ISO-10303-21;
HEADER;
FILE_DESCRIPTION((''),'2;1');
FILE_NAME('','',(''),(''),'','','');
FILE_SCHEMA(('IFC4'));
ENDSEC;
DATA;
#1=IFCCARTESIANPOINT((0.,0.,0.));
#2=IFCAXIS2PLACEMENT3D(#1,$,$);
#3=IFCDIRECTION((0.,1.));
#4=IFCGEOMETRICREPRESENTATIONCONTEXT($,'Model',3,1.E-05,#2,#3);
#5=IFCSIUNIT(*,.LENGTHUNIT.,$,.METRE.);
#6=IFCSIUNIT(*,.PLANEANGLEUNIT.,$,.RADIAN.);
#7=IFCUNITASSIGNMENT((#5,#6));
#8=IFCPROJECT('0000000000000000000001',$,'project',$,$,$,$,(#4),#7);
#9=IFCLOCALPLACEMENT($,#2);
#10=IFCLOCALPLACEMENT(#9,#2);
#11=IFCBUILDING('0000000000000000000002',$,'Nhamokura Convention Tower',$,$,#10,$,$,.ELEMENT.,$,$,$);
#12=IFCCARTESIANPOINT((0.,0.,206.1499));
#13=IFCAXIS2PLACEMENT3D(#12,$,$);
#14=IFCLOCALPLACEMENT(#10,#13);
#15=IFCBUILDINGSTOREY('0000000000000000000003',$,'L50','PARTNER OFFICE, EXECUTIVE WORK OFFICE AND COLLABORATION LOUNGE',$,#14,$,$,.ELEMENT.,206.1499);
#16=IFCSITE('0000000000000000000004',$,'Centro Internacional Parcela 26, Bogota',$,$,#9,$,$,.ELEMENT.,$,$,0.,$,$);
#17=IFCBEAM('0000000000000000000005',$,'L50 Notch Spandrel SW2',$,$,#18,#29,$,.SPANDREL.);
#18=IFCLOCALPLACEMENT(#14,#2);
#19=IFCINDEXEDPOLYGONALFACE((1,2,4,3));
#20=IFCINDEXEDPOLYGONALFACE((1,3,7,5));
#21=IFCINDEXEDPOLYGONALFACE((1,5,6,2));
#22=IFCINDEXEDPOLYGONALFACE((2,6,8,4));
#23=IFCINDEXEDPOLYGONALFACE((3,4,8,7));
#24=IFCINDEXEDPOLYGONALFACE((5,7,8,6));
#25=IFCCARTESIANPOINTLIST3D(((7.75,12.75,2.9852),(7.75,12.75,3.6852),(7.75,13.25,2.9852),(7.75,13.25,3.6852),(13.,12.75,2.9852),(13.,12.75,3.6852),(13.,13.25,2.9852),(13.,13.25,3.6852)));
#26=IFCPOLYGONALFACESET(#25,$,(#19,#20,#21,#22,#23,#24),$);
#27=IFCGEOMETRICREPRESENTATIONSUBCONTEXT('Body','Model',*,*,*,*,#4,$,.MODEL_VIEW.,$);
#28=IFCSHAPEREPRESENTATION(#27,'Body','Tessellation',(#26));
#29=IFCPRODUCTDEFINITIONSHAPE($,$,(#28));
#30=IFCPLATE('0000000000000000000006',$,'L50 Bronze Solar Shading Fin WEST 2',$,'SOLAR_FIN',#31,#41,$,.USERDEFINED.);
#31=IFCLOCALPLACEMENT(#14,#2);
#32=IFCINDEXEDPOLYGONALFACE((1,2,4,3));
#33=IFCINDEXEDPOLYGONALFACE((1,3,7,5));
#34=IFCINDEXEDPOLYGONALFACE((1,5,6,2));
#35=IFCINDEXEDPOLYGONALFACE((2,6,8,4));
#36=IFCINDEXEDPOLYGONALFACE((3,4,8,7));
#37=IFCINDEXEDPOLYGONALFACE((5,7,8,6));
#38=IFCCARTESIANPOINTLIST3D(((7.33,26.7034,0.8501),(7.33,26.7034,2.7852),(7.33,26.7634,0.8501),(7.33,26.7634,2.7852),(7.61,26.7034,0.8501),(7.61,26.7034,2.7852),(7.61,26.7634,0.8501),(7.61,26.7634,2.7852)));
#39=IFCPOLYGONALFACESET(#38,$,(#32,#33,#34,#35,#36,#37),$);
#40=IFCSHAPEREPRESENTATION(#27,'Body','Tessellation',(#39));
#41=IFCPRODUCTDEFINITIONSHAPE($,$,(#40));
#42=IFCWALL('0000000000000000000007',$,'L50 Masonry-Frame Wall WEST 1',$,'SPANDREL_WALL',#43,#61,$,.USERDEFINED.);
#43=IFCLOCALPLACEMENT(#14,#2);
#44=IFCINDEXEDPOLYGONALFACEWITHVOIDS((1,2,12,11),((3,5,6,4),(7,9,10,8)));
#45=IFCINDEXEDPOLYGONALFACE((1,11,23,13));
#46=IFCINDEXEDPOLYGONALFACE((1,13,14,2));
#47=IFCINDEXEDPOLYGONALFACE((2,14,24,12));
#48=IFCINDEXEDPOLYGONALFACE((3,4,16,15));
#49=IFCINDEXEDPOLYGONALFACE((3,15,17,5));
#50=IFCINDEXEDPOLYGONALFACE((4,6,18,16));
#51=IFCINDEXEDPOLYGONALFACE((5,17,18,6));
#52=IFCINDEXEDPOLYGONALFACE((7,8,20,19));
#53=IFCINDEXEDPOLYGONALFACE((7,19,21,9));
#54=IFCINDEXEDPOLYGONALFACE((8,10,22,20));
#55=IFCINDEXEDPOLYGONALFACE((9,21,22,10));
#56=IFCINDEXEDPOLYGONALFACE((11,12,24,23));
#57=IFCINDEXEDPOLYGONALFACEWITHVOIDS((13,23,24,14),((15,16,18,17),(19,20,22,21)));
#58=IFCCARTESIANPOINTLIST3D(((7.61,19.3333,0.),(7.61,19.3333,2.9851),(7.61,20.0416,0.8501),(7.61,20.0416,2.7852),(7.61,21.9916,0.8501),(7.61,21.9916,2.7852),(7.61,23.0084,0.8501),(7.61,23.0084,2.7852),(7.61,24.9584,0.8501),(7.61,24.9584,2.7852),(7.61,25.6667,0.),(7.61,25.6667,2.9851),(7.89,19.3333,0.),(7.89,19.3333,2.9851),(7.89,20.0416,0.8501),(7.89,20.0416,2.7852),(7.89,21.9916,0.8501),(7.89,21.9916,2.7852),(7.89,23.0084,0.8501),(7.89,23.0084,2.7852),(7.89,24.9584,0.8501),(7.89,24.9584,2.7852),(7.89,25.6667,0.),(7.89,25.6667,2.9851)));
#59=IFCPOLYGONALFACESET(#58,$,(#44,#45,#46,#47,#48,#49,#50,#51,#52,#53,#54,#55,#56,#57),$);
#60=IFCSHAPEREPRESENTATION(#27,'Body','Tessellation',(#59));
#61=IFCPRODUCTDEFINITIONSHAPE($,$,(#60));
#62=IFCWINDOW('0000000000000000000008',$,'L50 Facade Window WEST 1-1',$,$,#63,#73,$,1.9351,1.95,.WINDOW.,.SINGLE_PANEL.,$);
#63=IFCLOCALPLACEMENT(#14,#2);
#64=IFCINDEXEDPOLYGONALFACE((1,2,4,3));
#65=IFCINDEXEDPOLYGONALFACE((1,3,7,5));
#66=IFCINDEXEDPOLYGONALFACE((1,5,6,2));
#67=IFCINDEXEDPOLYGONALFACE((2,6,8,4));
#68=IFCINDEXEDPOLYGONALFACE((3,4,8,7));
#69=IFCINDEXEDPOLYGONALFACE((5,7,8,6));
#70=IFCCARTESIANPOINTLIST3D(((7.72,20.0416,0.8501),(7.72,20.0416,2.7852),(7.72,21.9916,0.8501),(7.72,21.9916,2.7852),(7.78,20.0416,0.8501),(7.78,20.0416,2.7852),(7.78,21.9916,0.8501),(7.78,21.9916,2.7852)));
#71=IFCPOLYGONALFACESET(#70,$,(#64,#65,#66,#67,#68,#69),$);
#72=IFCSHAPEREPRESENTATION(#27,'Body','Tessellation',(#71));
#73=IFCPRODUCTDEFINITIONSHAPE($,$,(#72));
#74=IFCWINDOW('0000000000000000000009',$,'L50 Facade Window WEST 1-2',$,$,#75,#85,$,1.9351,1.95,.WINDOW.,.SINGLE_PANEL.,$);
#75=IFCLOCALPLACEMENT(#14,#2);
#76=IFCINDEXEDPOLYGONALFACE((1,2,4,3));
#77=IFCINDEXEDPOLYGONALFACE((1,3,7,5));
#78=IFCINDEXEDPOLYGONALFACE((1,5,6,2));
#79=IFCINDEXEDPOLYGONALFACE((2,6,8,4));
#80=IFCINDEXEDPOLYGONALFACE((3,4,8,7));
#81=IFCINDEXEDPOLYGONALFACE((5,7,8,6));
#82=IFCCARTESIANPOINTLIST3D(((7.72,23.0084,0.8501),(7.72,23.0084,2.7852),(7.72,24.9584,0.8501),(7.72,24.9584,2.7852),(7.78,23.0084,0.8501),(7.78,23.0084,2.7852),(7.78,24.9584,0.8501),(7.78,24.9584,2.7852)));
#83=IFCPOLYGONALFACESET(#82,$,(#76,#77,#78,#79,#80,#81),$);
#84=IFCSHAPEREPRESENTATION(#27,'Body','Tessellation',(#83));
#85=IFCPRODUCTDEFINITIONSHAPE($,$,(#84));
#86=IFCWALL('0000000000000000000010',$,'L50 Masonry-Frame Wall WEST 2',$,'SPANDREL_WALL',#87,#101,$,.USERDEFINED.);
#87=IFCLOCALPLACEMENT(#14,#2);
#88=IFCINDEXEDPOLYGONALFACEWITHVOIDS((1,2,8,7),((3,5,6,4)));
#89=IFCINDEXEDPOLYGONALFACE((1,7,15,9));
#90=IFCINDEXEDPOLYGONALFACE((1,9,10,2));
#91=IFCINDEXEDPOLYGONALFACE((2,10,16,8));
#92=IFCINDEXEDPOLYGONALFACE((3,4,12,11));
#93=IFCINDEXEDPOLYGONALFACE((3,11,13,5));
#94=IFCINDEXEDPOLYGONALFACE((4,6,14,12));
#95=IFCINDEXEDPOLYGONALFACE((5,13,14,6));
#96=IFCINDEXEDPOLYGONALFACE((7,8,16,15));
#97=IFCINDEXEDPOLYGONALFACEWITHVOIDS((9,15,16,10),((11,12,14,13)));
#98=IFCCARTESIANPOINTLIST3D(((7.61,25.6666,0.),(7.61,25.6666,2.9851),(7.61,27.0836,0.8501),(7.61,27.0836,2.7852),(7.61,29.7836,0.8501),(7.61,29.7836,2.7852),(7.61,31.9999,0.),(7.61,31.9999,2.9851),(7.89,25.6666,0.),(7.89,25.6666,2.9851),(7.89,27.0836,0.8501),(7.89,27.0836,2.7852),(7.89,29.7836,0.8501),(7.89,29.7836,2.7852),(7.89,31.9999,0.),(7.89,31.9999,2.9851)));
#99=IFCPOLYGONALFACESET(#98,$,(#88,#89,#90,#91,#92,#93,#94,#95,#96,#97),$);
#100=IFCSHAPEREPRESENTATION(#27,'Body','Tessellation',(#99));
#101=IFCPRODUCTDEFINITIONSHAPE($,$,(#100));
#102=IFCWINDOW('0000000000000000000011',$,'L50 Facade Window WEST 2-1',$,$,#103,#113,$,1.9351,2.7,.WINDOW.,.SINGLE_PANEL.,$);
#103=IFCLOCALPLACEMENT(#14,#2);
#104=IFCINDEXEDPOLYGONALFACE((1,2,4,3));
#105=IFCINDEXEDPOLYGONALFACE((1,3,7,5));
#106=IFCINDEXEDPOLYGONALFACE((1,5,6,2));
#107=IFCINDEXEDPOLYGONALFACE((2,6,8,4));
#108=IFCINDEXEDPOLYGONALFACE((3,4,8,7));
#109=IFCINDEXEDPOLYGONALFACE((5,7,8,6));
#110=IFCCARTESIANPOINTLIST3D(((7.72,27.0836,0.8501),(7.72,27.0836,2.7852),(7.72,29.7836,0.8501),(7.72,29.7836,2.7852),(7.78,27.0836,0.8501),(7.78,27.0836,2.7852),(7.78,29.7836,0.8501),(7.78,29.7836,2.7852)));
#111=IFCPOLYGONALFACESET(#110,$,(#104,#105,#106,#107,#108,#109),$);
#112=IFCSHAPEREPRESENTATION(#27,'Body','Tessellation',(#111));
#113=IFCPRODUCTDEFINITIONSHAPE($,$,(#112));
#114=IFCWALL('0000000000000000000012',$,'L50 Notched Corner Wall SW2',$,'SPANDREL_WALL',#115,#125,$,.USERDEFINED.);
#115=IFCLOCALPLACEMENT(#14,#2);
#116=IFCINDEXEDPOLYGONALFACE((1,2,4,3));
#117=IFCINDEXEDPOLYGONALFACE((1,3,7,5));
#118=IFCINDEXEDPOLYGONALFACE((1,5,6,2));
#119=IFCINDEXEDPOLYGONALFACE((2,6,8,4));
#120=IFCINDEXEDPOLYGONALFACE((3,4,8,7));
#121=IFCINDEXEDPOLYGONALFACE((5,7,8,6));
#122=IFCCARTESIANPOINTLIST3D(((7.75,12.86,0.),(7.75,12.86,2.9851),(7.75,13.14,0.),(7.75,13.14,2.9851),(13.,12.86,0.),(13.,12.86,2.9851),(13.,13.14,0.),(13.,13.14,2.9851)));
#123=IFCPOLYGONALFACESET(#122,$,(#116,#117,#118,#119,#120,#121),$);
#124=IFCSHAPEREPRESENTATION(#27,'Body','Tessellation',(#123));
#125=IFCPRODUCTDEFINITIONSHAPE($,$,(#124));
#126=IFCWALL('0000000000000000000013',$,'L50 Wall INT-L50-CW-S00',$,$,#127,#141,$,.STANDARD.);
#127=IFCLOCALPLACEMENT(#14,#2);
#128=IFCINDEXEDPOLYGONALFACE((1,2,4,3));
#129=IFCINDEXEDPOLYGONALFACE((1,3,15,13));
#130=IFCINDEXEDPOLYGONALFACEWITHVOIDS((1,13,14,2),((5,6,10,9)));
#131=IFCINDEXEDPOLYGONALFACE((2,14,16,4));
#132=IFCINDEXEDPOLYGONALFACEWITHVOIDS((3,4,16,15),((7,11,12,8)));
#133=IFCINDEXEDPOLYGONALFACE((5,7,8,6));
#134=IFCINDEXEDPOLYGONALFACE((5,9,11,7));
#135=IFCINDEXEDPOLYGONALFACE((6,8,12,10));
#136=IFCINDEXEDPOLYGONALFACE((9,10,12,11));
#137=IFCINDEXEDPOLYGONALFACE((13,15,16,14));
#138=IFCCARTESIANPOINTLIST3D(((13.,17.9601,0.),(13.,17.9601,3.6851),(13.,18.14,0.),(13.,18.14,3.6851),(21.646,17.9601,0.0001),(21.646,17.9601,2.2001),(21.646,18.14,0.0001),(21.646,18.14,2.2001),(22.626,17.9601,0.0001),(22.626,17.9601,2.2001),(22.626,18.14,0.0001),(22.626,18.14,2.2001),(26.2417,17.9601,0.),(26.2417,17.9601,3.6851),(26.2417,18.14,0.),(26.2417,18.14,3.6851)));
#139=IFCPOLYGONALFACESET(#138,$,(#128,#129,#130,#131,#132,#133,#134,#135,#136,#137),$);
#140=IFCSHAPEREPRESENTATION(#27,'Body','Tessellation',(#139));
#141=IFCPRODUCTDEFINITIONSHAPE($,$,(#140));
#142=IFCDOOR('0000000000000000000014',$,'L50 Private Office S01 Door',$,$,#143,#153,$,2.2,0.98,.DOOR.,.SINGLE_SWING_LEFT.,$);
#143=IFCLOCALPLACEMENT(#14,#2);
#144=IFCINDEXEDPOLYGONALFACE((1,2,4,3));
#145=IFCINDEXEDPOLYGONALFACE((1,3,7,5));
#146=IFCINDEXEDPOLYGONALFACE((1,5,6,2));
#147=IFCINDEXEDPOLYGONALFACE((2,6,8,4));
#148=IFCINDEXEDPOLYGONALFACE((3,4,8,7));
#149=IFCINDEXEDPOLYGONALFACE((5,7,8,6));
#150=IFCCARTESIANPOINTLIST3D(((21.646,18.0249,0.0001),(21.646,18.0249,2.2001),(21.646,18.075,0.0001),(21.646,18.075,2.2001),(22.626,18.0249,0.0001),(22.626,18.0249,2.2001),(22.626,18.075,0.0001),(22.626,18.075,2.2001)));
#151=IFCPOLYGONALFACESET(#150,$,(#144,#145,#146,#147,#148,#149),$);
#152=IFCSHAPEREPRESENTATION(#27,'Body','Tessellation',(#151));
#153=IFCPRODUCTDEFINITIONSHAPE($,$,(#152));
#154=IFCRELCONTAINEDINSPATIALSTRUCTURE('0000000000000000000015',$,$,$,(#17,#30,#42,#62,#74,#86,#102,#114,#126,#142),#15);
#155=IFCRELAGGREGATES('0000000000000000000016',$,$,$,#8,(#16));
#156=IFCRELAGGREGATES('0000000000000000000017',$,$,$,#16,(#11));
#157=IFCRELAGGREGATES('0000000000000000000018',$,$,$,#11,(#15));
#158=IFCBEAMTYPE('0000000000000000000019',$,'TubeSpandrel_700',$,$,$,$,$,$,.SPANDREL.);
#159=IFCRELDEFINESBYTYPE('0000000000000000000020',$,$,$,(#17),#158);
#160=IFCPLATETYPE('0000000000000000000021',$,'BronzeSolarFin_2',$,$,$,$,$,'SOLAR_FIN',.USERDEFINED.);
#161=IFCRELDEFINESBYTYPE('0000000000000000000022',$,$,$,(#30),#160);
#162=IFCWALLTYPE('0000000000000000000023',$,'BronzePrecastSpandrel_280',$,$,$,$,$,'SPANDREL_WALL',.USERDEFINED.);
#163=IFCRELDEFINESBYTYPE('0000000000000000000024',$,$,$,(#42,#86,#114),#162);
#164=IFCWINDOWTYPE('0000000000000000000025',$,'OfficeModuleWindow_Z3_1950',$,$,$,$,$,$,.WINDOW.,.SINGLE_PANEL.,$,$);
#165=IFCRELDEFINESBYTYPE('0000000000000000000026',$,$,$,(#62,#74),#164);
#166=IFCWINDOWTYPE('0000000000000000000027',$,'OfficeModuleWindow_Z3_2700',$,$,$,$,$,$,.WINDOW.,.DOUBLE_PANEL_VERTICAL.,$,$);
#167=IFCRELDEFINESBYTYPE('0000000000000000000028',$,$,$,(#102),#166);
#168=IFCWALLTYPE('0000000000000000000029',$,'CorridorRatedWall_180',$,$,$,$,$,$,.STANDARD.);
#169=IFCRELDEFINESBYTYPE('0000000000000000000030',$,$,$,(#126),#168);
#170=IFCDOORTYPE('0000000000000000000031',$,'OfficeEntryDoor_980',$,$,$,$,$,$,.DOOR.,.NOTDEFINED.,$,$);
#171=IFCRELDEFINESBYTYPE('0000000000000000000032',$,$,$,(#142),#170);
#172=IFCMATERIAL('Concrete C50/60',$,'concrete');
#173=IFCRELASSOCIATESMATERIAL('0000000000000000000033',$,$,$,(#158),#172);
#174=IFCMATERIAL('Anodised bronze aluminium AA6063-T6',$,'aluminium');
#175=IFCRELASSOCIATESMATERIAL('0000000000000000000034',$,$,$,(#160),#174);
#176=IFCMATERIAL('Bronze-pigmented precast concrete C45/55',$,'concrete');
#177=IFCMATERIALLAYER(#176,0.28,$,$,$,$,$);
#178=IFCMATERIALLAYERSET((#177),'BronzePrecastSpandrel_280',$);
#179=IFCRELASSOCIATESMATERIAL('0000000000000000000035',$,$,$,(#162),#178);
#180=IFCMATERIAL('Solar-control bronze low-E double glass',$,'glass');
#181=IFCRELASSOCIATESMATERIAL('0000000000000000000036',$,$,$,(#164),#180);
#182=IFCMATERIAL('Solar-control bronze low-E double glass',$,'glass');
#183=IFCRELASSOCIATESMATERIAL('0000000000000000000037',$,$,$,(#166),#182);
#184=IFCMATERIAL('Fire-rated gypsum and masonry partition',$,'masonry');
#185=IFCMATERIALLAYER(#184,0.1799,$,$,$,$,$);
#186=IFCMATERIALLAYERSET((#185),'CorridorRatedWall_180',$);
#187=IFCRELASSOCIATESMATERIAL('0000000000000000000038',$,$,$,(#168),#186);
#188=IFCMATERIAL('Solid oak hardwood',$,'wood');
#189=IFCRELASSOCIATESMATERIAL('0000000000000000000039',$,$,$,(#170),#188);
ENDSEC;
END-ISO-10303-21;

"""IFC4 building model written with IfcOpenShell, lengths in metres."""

from ifc_helpers import new_model, si_unit, direction, frame, frame_2d, origin, origin_2d, place, context, subcontext, project, spatial, rectangle, extrude, material, layer, layer_set, material_profile, profile_set, type_object, element, fill, save


model = new_model("IFC4")

# Units and contexts
model_context = context("Model", 3, precision=1e-05, world=origin(), true_north=direction((0.0, 1.0)))
body_context = subcontext(model_context, "Body", "Model", "MODEL_VIEW")
ifc_project = project(units=[si_unit("LENGTHUNIT", "METRE"), si_unit("PLANEANGLEUNIT", "RADIAN")], contexts=[model_context])

# Site, building, storey
site_placement = place(None, origin())
site = spatial("IfcSite", under=ifc_project, at=site_placement, Name="Centro Internacional Parcela 26, Bogota", CompositionType="ELEMENT", RefElevation=0.0)
building_placement = place(site_placement, origin())
building = spatial("IfcBuilding", under=site, at=building_placement, Name="Nhamokura Convention Tower", CompositionType="ELEMENT")
storey_placement = place(building_placement, frame((0.0, 0.0, 206.1499)))
storey = spatial("IfcBuildingStorey", under=building, at=storey_placement, Name="L50", Description="PARTNER OFFICE, EXECUTIVE WORK OFFICE AND COLLABORATION LOUNGE", CompositionType="ELEMENT", Elevation=206.1499)

# Beam
ifc_material_1 = material(Name="Concrete C50/60", Category="concrete")
ifc_material_profile_1 = material_profile(ifc_material_1, rectangle(XDim=0.5, YDim=0.7, at=origin_2d()))
ifc_profile_set_1 = profile_set([ifc_material_profile_1], Name="Concrete C50/60")
beam_type_1 = type_object("IfcBeamType", Name="TubeSpandrel_700", PredefinedType="SPANDREL", material=ifc_profile_set_1)
beam_1_placement = place(storey_placement, frame((13.0, 13.0, 3.3352), z_axis=(-1.0, 0.0, 0.0), x_axis=(0.0, -1.0, 0.0)))
element("IfcBeam", 1, at=beam_1_placement, inside=storey, type_object=beam_type_1, Name="L50 Notch Spandrel SW2", PredefinedType="SPANDREL", context=body_context, shape_type="SweptSolid", body=[
    extrude(rectangle(XDim=0.5, YDim=0.7, at=origin_2d()), origin(), (0.0, 0.0, 1.0), 5.25),
])

# Plate
ifc_material_2 = material(Name="Anodised bronze aluminium AA6063-T6", Category="aluminium")
plate_type = type_object("IfcPlateType", Name="BronzeSolarFin_2", ElementType="SOLAR_FIN", PredefinedType="USERDEFINED", material=ifc_material_2)
plate_placement = place(storey_placement, frame((7.47, 26.7334, 0.8501), z_axis=(0.0, 0.0, 1.0), x_axis=(1.0, 0.0, 0.0)))
element("IfcPlate", 2, at=plate_placement, inside=storey, type_object=plate_type, Name="L50 Bronze Solar Shading Fin WEST 2", ObjectType="SOLAR_FIN", PredefinedType="USERDEFINED", context=body_context, shape_type="SweptSolid", body=[
    extrude(rectangle(XDim=0.28, YDim=0.0601, at=origin_2d()), origin(), (0.0, 0.0, 1.0), 1.9351),
])

# Wall, openings, windows
ifc_material_3 = material(Name="Bronze-pigmented precast concrete C45/55", Category="concrete")
ifc_layer_1 = layer(ifc_material_3, 0.28)
ifc_layer_set_1 = layer_set([ifc_layer_1], Name="BronzePrecastSpandrel_280")
wall_type_1 = type_object("IfcWallType", Name="BronzePrecastSpandrel_280", ElementType="SPANDREL_WALL", PredefinedType="USERDEFINED", material=ifc_layer_set_1)
wall_1_placement = place(storey_placement, frame((7.75, 19.3333, 0.0), z_axis=(0.0, 0.0, 1.0), x_axis=(0.0, 1.0, 0.0)))
wall_1 = element("IfcWall", 3, at=wall_1_placement, inside=storey, type_object=wall_type_1, Name="L50 Masonry-Frame Wall WEST 1", ObjectType="SPANDREL_WALL", PredefinedType="USERDEFINED", context=body_context, shape_type="SweptSolid", body=[
    extrude(rectangle(XDim=6.3335, YDim=0.28, at=frame_2d((3.1667, 0.0))), origin(), (0.0, 0.0, 1.0), 2.9851),
])
opening_1_placement = place(wall_1_placement, frame((0.7083, 0.0, 0.8501)))
opening_1 = element("IfcOpeningElement", 4, at=opening_1_placement, cuts=wall_1, PredefinedType="OPENING", context=body_context, shape_type="SweptSolid", body=[
    extrude(rectangle(XDim=1.95, YDim=1.9351, at=frame_2d((0.9751, 0.9675))), frame((0.0, 0.1499, 0.0), z_axis=(0.0, -1.0, 0.0), x_axis=(1.0, 0.0, 0.0)), (0.0, 0.0, 1.0), 0.3),
])
opening_2_placement = place(wall_1_placement, frame((3.675, 0.0, 0.8501)))
opening_2 = element("IfcOpeningElement", 5, at=opening_2_placement, cuts=wall_1, PredefinedType="OPENING", context=body_context, shape_type="SweptSolid", body=[
    extrude(rectangle(XDim=1.95, YDim=1.9351, at=frame_2d((0.9751, 0.9675))), frame((0.0, 0.1499, 0.0), z_axis=(0.0, -1.0, 0.0), x_axis=(1.0, 0.0, 0.0)), (0.0, 0.0, 1.0), 0.3),
])
ifc_material_4 = material(Name="Solar-control bronze low-E double glass", Category="glass")
window_type_1 = type_object("IfcWindowType", Name="OfficeModuleWindow_Z3_1950", PartitioningType="SINGLE_PANEL", PredefinedType="WINDOW", material=ifc_material_4)
window_1_placement = place(opening_1_placement, origin())
window_1 = element("IfcWindow", 6, at=window_1_placement, inside=storey, type_object=window_type_1, Name="L50 Facade Window WEST 1-1", OverallHeight=1.9351, OverallWidth=1.95, PartitioningType="SINGLE_PANEL", PredefinedType="WINDOW", context=body_context, shape_type="SweptSolid", body=[
    extrude(rectangle(XDim=1.95, YDim=1.9351, at=frame_2d((0.9751, 0.9675))), frame((0.0, 0.03, 0.0), z_axis=(0.0, -1.0, 0.0), x_axis=(1.0, 0.0, 0.0)), (0.0, 0.0, 1.0), 0.0601),
])
fill(opening_1, window_1)
window_2_placement = place(opening_2_placement, origin())
window_2 = element("IfcWindow", 7, at=window_2_placement, inside=storey, type_object=window_type_1, Name="L50 Facade Window WEST 1-2", OverallHeight=1.9351, OverallWidth=1.95, PartitioningType="SINGLE_PANEL", PredefinedType="WINDOW", context=body_context, shape_type="SweptSolid", body=[
    extrude(rectangle(XDim=1.95, YDim=1.9351, at=frame_2d((0.9751, 0.9675))), frame((0.0, 0.03, 0.0), z_axis=(0.0, -1.0, 0.0), x_axis=(1.0, 0.0, 0.0)), (0.0, 0.0, 1.0), 0.0601),
])
fill(opening_2, window_2)

# Wall, opening, window
wall_2_placement = place(storey_placement, frame((7.75, 25.6667, 0.0), z_axis=(0.0, 0.0, 1.0), x_axis=(0.0, 1.0, 0.0)))
wall_2 = element("IfcWall", 8, at=wall_2_placement, inside=storey, type_object=wall_type_1, Name="L50 Masonry-Frame Wall WEST 2", ObjectType="SPANDREL_WALL", PredefinedType="USERDEFINED", context=body_context, shape_type="SweptSolid", body=[
    extrude(rectangle(XDim=6.3333, YDim=0.28, at=frame_2d((3.1665, 0.0))), origin(), (0.0, 0.0, 1.0), 2.9851),
])
opening_3_placement = place(wall_2_placement, frame((1.4167, 0.0, 0.8501)))
opening_3 = element("IfcOpeningElement", 9, at=opening_3_placement, cuts=wall_2, PredefinedType="OPENING", context=body_context, shape_type="SweptSolid", body=[
    extrude(rectangle(XDim=2.7, YDim=1.9351, at=frame_2d((1.3501, 0.9675))), frame((0.0, 0.1499, 0.0), z_axis=(0.0, -1.0, 0.0), x_axis=(1.0, 0.0, 0.0)), (0.0, 0.0, 1.0), 0.3),
])
ifc_material_5 = material(Name="Solar-control bronze low-E double glass", Category="glass")
window_type_2 = type_object("IfcWindowType", Name="OfficeModuleWindow_Z3_2700", PartitioningType="DOUBLE_PANEL_VERTICAL", PredefinedType="WINDOW", material=ifc_material_5)
window_3_placement = place(opening_3_placement, origin())
window_3 = element("IfcWindow", 10, at=window_3_placement, inside=storey, type_object=window_type_2, Name="L50 Facade Window WEST 2-1", OverallHeight=1.9351, OverallWidth=2.7, PartitioningType="SINGLE_PANEL", PredefinedType="WINDOW", context=body_context, shape_type="SweptSolid", body=[
    extrude(rectangle(XDim=2.7, YDim=1.9351, at=frame_2d((1.3501, 0.9675))), frame((0.0, 0.03, 0.0), z_axis=(0.0, -1.0, 0.0), x_axis=(1.0, 0.0, 0.0)), (0.0, 0.0, 1.0), 0.0601),
])
fill(opening_3, window_3)

# Wall
wall_3_placement = place(storey_placement, frame((13.0, 13.0, 0.0), z_axis=(0.0, 0.0, 1.0), x_axis=(-1.0, 0.0, 0.0)))
element("IfcWall", 11, at=wall_3_placement, inside=storey, type_object=wall_type_1, Name="L50 Notched Corner Wall SW2", ObjectType="SPANDREL_WALL", PredefinedType="USERDEFINED", context=body_context, shape_type="SweptSolid", body=[
    extrude(rectangle(XDim=5.25, YDim=0.28, at=frame_2d((2.625, 0.0))), origin(), (0.0, 0.0, 1.0), 2.9851),
])

# Wall, opening, door
ifc_material_6 = material(Name="Fire-rated gypsum and masonry partition", Category="masonry")
ifc_layer_2 = layer(ifc_material_6, 0.1799)
ifc_layer_set_2 = layer_set([ifc_layer_2], Name="CorridorRatedWall_180")
wall_type_2 = type_object("IfcWallType", Name="CorridorRatedWall_180", PredefinedType="STANDARD", material=ifc_layer_set_2)
wall_4_placement = place(storey_placement, frame((13.0, 18.05, 0.0), z_axis=(0.0, 0.0, 1.0), x_axis=(1.0, 0.0, 0.0)))
wall_4 = element("IfcWall", 12, at=wall_4_placement, inside=storey, type_object=wall_type_2, Name="L50 Wall INT-L50-CW-S00", PredefinedType="STANDARD", context=body_context, shape_type="SweptSolid", body=[
    extrude(rectangle(XDim=13.2417, YDim=0.1799, at=frame_2d((6.6208, 0.0))), origin(), (0.0, 0.0, 1.0), 3.6851),
])
opening_4_placement = place(wall_4_placement, frame((8.646, 0.0, 0.0)))
opening_4 = element("IfcOpeningElement", 13, at=opening_4_placement, cuts=wall_4, PredefinedType="OPENING", context=body_context, shape_type="SweptSolid", body=[
    extrude(rectangle(XDim=0.98, YDim=2.2, at=frame_2d((0.49, 1.1001))), frame((0.0, 0.0999, 0.0), z_axis=(0.0, -1.0, 0.0), x_axis=(1.0, 0.0, 0.0)), (0.0, 0.0, 1.0), 0.2),
])
ifc_material_7 = material(Name="Solid oak hardwood", Category="wood")
door_type = type_object("IfcDoorType", Name="OfficeEntryDoor_980", OperationType="NOTDEFINED", PredefinedType="DOOR", material=ifc_material_7)
door_1_placement = place(opening_4_placement, origin())
door_1 = element("IfcDoor", 14, at=door_1_placement, inside=storey, type_object=door_type, Name="L50 Private Office S01 Door", OperationType="SINGLE_SWING_LEFT", OverallHeight=2.2, OverallWidth=0.98, PredefinedType="DOOR", context=body_context, shape_type="SweptSolid", body=[
    extrude(rectangle(XDim=0.98, YDim=2.2, at=frame_2d((0.49, 1.1001))), frame((0.0, 0.0249, 0.0), z_axis=(0.0, -1.0, 0.0), x_axis=(1.0, 0.0, 0.0)), (0.0, 0.0, 1.0), 0.05),
])
fill(opening_4, door_1)

save(model, "model.ifc")
